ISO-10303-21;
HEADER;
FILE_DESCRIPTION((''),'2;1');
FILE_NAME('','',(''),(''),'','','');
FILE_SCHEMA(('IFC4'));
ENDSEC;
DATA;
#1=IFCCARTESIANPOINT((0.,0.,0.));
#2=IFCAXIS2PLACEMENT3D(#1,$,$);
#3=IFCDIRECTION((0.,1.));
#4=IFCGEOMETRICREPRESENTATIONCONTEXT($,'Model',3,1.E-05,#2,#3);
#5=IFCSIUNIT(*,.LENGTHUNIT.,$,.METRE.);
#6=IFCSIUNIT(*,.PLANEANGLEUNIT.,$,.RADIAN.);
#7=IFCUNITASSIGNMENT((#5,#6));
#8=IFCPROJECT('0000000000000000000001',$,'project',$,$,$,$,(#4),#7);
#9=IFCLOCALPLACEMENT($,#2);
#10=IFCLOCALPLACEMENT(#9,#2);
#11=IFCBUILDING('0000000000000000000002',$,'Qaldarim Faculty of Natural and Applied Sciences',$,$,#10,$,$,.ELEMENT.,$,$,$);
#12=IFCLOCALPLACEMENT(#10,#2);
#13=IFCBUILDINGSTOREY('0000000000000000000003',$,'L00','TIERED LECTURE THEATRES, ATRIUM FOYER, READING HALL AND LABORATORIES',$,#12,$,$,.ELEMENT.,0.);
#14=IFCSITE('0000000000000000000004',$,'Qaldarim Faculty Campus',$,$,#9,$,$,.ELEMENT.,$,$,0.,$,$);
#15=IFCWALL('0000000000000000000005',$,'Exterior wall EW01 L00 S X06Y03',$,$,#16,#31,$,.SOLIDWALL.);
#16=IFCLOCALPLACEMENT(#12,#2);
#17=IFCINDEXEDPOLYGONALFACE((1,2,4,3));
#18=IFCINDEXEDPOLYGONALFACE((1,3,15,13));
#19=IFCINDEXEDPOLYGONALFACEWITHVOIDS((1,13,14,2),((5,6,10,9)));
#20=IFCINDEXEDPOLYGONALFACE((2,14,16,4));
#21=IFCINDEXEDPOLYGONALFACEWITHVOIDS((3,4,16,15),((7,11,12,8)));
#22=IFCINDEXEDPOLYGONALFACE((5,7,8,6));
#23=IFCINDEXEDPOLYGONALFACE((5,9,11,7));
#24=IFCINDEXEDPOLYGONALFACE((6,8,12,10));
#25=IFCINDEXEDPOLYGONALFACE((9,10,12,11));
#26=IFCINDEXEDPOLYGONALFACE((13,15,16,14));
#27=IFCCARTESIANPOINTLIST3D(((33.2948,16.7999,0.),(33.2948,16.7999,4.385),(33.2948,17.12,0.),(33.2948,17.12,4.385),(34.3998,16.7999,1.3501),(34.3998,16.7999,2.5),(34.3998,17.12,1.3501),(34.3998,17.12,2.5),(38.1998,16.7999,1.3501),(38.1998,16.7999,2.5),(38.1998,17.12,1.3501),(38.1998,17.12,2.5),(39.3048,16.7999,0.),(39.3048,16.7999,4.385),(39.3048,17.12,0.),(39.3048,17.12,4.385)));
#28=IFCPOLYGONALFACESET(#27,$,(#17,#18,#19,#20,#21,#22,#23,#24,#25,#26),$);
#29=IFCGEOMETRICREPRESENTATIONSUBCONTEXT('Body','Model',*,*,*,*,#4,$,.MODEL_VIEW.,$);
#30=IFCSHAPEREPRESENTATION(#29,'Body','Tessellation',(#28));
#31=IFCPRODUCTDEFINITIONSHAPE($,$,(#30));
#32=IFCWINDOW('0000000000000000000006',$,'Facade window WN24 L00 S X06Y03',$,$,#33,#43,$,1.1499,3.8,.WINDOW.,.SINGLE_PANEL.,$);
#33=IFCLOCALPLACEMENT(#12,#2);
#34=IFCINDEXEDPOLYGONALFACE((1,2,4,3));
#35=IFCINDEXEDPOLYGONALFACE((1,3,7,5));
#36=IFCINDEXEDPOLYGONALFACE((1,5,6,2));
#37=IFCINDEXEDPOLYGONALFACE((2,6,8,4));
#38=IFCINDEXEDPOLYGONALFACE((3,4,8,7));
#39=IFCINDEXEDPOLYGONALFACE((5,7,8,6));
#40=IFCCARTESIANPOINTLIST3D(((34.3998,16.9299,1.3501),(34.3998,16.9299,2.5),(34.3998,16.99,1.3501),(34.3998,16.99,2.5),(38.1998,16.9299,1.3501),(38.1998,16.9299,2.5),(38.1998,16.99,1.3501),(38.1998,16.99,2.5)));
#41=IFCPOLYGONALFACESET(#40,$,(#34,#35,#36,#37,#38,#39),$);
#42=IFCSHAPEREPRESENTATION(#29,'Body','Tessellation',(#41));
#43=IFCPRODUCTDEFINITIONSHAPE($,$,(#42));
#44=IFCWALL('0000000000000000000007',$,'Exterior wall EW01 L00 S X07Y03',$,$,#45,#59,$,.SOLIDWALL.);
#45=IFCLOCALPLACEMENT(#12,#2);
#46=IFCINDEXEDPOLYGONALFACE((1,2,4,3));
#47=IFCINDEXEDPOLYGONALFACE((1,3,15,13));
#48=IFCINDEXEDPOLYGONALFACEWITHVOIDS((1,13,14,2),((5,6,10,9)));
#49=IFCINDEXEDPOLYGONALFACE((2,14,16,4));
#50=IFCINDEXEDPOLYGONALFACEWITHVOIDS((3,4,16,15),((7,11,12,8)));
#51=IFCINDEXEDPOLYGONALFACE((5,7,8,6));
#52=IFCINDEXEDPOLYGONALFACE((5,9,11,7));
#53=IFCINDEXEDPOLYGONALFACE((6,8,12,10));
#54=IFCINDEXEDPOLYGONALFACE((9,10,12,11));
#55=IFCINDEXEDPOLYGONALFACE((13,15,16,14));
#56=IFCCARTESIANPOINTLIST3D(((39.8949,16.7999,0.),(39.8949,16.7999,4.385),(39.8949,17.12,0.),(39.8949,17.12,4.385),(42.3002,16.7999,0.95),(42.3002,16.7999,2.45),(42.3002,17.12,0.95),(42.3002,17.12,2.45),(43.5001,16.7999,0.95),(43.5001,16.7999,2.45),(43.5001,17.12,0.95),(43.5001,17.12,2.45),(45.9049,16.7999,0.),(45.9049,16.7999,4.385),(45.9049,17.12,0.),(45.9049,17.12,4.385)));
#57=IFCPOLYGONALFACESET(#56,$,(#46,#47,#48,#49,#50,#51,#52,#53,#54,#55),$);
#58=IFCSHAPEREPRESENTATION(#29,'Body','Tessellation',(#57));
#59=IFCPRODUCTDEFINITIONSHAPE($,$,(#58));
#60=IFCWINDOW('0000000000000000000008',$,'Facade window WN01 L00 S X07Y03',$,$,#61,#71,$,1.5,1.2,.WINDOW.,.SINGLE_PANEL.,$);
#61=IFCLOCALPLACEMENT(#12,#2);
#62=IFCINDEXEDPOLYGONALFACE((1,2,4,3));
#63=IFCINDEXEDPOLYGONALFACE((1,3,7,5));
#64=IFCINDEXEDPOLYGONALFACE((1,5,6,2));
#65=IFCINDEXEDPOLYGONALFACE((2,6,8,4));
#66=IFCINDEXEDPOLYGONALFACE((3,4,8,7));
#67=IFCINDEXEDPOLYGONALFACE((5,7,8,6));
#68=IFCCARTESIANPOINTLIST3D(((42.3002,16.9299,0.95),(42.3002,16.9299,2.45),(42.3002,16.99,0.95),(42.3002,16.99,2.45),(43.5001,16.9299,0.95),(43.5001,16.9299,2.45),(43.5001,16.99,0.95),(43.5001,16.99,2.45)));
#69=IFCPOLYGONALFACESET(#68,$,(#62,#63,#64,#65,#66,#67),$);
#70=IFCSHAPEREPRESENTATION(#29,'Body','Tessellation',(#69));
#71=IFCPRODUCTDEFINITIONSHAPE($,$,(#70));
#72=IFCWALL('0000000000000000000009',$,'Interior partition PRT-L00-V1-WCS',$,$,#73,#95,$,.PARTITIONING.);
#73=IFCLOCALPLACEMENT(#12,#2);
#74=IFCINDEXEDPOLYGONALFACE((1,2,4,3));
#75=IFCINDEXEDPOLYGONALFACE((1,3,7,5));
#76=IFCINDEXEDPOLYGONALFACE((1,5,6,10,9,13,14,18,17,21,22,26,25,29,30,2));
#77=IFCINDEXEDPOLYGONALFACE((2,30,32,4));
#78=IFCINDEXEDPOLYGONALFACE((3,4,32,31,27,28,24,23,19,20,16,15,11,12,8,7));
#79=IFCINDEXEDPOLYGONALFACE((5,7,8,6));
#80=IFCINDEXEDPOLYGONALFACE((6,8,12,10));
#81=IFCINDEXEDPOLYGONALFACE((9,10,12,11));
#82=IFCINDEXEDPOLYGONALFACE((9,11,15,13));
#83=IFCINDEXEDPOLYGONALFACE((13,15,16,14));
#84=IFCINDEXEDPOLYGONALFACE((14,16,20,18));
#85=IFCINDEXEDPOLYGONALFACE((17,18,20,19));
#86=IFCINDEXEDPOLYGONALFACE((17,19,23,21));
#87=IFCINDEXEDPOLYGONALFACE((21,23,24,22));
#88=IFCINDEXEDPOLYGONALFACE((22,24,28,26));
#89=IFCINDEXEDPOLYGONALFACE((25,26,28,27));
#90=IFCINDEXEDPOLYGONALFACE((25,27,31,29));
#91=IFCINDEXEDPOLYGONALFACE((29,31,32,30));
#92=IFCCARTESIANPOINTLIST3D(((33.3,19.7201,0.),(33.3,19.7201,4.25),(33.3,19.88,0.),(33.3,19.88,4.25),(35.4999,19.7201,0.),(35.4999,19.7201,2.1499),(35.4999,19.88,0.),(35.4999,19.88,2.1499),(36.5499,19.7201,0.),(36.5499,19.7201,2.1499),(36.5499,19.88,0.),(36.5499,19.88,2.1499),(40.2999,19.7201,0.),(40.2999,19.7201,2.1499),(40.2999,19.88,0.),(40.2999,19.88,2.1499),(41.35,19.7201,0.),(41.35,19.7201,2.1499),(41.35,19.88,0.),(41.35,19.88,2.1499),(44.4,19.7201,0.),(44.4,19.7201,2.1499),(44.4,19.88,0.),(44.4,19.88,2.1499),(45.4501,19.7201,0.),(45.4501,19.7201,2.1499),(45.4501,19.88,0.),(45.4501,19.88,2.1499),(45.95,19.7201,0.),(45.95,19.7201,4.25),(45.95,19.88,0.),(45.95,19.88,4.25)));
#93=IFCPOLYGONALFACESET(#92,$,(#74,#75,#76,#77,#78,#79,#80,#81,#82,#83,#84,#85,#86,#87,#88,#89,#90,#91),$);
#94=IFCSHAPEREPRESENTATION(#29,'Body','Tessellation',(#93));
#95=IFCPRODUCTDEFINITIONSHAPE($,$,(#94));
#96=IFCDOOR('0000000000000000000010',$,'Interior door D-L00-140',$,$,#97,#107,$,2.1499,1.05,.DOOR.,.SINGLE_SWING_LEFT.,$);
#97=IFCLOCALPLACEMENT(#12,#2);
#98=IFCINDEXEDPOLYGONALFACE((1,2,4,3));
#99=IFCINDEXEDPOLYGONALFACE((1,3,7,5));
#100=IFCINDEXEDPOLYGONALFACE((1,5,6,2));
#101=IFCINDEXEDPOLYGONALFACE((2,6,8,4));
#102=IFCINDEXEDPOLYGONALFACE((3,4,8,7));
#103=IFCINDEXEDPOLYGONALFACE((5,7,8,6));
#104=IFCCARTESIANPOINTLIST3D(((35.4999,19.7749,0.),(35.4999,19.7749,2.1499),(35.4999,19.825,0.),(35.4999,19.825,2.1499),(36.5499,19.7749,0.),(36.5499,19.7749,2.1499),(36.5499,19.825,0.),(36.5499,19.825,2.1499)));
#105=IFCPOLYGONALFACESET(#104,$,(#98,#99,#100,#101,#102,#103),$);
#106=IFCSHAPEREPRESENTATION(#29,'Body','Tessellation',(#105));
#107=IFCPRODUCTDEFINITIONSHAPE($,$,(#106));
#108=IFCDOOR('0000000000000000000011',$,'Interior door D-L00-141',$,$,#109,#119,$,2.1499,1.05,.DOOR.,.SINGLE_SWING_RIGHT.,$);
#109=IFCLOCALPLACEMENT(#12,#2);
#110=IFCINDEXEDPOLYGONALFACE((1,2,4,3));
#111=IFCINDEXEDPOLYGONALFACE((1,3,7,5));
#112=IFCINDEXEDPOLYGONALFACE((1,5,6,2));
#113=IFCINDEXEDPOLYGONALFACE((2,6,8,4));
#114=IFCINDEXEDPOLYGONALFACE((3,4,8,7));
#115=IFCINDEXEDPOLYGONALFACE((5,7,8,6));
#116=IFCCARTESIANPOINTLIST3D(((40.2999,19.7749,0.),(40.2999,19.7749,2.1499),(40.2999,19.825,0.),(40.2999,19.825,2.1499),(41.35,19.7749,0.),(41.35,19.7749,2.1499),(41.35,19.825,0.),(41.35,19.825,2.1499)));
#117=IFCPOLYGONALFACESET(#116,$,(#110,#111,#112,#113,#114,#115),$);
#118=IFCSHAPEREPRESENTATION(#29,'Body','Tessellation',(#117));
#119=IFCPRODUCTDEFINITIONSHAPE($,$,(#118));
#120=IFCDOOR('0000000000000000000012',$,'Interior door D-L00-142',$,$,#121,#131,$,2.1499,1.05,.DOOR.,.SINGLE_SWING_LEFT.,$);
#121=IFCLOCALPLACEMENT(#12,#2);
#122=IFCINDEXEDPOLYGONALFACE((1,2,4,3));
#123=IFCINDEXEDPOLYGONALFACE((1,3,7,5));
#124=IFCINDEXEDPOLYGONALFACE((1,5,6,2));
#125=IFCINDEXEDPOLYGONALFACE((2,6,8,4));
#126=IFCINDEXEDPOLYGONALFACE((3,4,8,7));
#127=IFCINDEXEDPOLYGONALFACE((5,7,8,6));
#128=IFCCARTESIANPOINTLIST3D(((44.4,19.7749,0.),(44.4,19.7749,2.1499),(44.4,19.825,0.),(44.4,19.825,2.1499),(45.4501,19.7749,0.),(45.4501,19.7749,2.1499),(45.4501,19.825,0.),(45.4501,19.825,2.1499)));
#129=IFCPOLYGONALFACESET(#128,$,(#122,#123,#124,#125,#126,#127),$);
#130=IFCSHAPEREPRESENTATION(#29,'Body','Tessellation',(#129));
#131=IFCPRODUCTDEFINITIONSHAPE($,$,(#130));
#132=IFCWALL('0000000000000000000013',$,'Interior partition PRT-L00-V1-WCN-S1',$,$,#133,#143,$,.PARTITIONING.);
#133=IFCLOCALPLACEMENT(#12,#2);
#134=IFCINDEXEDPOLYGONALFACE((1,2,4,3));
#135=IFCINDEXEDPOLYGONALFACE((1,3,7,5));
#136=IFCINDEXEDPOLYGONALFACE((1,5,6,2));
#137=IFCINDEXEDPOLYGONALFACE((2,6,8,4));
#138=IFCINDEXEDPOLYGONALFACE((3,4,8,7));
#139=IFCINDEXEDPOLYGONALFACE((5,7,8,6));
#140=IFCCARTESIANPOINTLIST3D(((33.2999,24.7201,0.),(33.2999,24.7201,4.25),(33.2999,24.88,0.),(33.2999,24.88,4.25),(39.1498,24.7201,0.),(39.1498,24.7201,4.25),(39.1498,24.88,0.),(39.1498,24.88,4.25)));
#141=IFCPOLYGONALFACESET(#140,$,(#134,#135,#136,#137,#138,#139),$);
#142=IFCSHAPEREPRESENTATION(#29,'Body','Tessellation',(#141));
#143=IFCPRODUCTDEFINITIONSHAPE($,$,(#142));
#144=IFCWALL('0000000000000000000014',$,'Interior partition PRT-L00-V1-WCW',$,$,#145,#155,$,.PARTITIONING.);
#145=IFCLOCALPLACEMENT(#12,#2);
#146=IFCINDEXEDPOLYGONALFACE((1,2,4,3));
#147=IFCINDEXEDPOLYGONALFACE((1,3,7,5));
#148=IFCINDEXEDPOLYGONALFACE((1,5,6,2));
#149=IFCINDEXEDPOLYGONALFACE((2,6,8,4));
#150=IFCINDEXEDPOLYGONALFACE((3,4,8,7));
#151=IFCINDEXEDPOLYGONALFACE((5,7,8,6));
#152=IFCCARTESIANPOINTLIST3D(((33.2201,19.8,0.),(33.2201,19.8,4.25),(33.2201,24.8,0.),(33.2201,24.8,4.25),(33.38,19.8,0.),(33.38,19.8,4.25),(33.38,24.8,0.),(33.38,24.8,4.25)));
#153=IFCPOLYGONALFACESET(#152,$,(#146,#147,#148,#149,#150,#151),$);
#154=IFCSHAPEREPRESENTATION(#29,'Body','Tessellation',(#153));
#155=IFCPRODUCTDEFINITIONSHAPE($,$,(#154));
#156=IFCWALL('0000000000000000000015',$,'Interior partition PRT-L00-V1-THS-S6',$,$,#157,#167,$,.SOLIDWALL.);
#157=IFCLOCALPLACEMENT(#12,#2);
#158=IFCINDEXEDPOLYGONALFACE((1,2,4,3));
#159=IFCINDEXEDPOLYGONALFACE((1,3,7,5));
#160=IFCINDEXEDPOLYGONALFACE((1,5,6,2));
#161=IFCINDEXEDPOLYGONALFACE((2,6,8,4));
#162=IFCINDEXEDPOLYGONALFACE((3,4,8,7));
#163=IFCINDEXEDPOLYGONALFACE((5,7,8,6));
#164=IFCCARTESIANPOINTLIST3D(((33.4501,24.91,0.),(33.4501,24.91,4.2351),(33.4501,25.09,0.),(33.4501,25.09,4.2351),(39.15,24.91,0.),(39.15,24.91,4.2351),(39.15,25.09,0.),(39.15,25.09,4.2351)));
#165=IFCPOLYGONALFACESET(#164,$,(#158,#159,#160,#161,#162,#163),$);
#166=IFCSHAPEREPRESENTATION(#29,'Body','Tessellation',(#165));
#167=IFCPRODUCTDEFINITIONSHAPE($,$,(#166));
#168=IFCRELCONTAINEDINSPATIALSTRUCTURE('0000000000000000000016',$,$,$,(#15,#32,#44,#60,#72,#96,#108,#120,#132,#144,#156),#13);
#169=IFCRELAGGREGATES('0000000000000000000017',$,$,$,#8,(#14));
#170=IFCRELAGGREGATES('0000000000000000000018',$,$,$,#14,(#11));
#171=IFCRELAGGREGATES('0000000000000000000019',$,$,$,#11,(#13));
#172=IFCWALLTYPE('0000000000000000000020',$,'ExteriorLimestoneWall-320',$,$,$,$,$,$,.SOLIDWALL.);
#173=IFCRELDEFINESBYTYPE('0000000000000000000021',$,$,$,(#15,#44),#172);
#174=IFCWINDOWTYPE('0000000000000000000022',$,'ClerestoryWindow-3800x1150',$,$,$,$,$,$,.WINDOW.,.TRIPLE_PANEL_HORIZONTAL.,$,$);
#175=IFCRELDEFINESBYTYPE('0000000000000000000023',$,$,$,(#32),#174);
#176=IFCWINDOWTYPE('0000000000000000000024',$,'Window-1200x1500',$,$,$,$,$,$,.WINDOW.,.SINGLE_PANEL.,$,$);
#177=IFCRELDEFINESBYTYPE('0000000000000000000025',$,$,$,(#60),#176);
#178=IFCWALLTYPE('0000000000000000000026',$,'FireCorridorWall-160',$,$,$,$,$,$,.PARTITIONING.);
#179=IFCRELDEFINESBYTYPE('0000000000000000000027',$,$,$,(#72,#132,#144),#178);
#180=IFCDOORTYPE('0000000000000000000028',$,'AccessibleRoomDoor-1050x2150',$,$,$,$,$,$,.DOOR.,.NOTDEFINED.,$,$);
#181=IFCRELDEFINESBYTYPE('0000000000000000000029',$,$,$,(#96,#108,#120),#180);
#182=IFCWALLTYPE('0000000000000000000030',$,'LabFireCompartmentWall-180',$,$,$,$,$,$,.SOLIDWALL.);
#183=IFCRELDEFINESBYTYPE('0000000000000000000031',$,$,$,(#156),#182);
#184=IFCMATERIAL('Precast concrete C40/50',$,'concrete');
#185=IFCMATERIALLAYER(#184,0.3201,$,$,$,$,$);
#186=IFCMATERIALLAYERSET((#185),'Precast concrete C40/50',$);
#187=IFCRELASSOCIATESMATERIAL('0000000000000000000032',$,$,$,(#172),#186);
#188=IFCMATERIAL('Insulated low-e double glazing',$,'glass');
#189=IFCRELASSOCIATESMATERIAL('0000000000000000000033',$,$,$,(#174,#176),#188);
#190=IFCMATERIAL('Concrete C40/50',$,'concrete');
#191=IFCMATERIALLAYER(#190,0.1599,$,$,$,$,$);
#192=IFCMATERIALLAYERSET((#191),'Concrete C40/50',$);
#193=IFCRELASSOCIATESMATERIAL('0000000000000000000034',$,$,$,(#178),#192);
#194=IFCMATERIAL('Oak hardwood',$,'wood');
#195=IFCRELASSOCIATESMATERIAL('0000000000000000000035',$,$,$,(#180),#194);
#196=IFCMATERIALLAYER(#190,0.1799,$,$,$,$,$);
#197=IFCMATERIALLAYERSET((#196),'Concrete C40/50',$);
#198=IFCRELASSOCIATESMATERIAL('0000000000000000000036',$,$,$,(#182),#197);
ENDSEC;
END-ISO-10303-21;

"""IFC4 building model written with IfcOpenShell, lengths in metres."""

from ifc_helpers import new_model, si_unit, direction, frame, frame_2d, origin, place, context, subcontext, project, spatial, rectangle, extrude, material, layer, layer_set, type_object, element, fill, save


model = new_model("IFC4")

# Units and contexts
model_context = context("Model", 3, precision=1e-05, world=origin(), true_north=direction((0.0, 1.0)))
body_context = subcontext(model_context, "Body", "Model", "MODEL_VIEW")
ifc_project = project(units=[si_unit("LENGTHUNIT", "METRE"), si_unit("PLANEANGLEUNIT", "RADIAN")], contexts=[model_context])

# Site, building, storey
site_placement = place(None, origin())
site = spatial("IfcSite", under=ifc_project, at=site_placement, Name="Qaldarim Faculty Campus", CompositionType="ELEMENT", RefElevation=0.0)
building_placement = place(site_placement, origin())
building = spatial("IfcBuilding", under=site, at=building_placement, Name="Qaldarim Faculty of Natural and Applied Sciences", CompositionType="ELEMENT")
storey_placement = place(building_placement, origin())
storey = spatial("IfcBuildingStorey", under=building, at=storey_placement, Name="L00", Description="TIERED LECTURE THEATRES, ATRIUM FOYER, READING HALL AND LABORATORIES", CompositionType="ELEMENT", Elevation=0.0)

# Shared definitions
ifc_material_1 = material(Name="Concrete C40/50", Category="concrete")

# Walls, openings, windows
ifc_material_2 = material(Name="Precast concrete C40/50", Category="concrete")
ifc_layer_1 = layer(ifc_material_2, 0.3201)
ifc_layer_set_1 = layer_set([ifc_layer_1], Name="Precast concrete C40/50")
wall_type_1 = type_object("IfcWallType", Name="ExteriorLimestoneWall-320", PredefinedType="SOLIDWALL", material=ifc_layer_set_1)
wall_1_placement = place(storey_placement, frame((33.2949, 16.96, 0.0), z_axis=(0.0, 0.0, 1.0), x_axis=(1.0, 0.0, 0.0)))
wall_1 = element("IfcWall", 1, at=wall_1_placement, inside=storey, type_object=wall_type_1, Name="Exterior wall EW01 L00 S X06Y03", PredefinedType="SOLIDWALL", context=body_context, shape_type="SweptSolid", body=[
    extrude(rectangle(XDim=6.01, YDim=0.3201, at=frame_2d((3.0049, 0.0))), origin(), (0.0, 0.0, 1.0), 4.385),
])
opening_1_placement = place(wall_1_placement, frame((1.105, 0.0, 1.3501)))
opening_1 = element("IfcOpeningElement", 2, at=opening_1_placement, cuts=wall_1, PredefinedType="OPENING", context=body_context, shape_type="SweptSolid", body=[
    extrude(rectangle(XDim=3.8, YDim=1.1499, at=frame_2d((1.8999, 0.575))), frame((0.0, 0.1699, 0.0), z_axis=(0.0, -1.0, 0.0), x_axis=(1.0, 0.0, 0.0)), (0.0, 0.0, 1.0), 0.3401),
])
ifc_material_3 = material(Name="Insulated low-e double glazing", Category="glass")
window_type_1 = type_object("IfcWindowType", Name="ClerestoryWindow-3800x1150", PartitioningType="TRIPLE_PANEL_HORIZONTAL", PredefinedType="WINDOW", material=ifc_material_3)
window_1_placement = place(opening_1_placement, origin())
window_1 = element("IfcWindow", 3, at=window_1_placement, inside=storey, type_object=window_type_1, Name="Facade window WN24 L00 S X06Y03", OverallHeight=1.1499, OverallWidth=3.8, PartitioningType="SINGLE_PANEL", PredefinedType="WINDOW", context=body_context, shape_type="SweptSolid", body=[
    extrude(rectangle(XDim=3.8, YDim=1.1499, at=frame_2d((1.8999, 0.575))), frame((0.0, 0.03, 0.0), z_axis=(0.0, -1.0, 0.0), x_axis=(1.0, 0.0, 0.0)), (0.0, 0.0, 1.0), 0.0601),
])
fill(opening_1, window_1)
wall_2_placement = place(storey_placement, frame((39.895, 16.96, 0.0), z_axis=(0.0, 0.0, 1.0), x_axis=(1.0, 0.0, 0.0)))
wall_2 = element("IfcWall", 4, at=wall_2_placement, inside=storey, type_object=wall_type_1, Name="Exterior wall EW01 L00 S X07Y03", PredefinedType="SOLIDWALL", context=body_context, shape_type="SweptSolid", body=[
    extrude(rectangle(XDim=6.01, YDim=0.3201, at=frame_2d((3.0049, 0.0))), origin(), (0.0, 0.0, 1.0), 4.385),
])
opening_2_placement = place(wall_2_placement, frame((2.405, 0.0, 0.95)))
opening_2 = element("IfcOpeningElement", 5, at=opening_2_placement, cuts=wall_2, PredefinedType="OPENING", context=body_context, shape_type="SweptSolid", body=[
    extrude(rectangle(XDim=1.2, YDim=1.5, at=frame_2d((0.6001, 0.75))), frame((0.0, 0.1699, 0.0), z_axis=(0.0, -1.0, 0.0), x_axis=(1.0, 0.0, 0.0)), (0.0, 0.0, 1.0), 0.3401),
])
window_type_2 = type_object("IfcWindowType", Name="Window-1200x1500", PartitioningType="SINGLE_PANEL", PredefinedType="WINDOW", material=ifc_material_3)
window_2_placement = place(opening_2_placement, origin())
window_2 = element("IfcWindow", 6, at=window_2_placement, inside=storey, type_object=window_type_2, Name="Facade window WN01 L00 S X07Y03", OverallHeight=1.5, OverallWidth=1.2, PartitioningType="SINGLE_PANEL", PredefinedType="WINDOW", context=body_context, shape_type="SweptSolid", body=[
    extrude(rectangle(XDim=1.2, YDim=1.5, at=frame_2d((0.6001, 0.75))), frame((0.0, 0.03, 0.0), z_axis=(0.0, -1.0, 0.0), x_axis=(1.0, 0.0, 0.0)), (0.0, 0.0, 1.0), 0.0601),
])
fill(opening_2, window_2)

# Wall, openings, doors
ifc_layer_2 = layer(ifc_material_1, 0.1599)
ifc_layer_set_2 = layer_set([ifc_layer_2], Name="Concrete C40/50")
wall_type_2 = type_object("IfcWallType", Name="FireCorridorWall-160", PredefinedType="PARTITIONING", material=ifc_layer_set_2)
wall_3_placement = place(storey_placement, frame((33.3, 19.8, 0.0), z_axis=(0.0, 0.0, 1.0), x_axis=(1.0, 0.0, 0.0)))
wall_3 = element("IfcWall", 7, at=wall_3_placement, inside=storey, type_object=wall_type_2, Name="Interior partition PRT-L00-V1-WCS", PredefinedType="PARTITIONING", context=body_context, shape_type="SweptSolid", body=[
    extrude(rectangle(XDim=12.6499, YDim=0.1599, at=frame_2d((6.325, 0.0))), origin(), (0.0, 0.0, 1.0), 4.25),
])
opening_3_placement = place(wall_3_placement, frame((2.2, 0.0, 0.0)))
opening_3 = element("IfcOpeningElement", 8, at=opening_3_placement, cuts=wall_3, PredefinedType="OPENING", context=body_context, shape_type="SweptSolid", body=[
    extrude(rectangle(XDim=1.05, YDim=2.1499, at=frame_2d((0.5249, 1.075))), frame((0.0, 0.0898, 0.0), z_axis=(0.0, -1.0, 0.0), x_axis=(1.0, 0.0, 0.0)), (0.0, 0.0, 1.0), 0.1799),
])
opening_4_placement = place(wall_3_placement, frame((7.0, 0.0, 0.0)))
opening_4 = element("IfcOpeningElement", 9, at=opening_4_placement, cuts=wall_3, PredefinedType="OPENING", context=body_context, shape_type="SweptSolid", body=[
    extrude(rectangle(XDim=1.05, YDim=2.1499, at=frame_2d((0.5249, 1.075))), frame((0.0, 0.0898, 0.0), z_axis=(0.0, -1.0, 0.0), x_axis=(1.0, 0.0, 0.0)), (0.0, 0.0, 1.0), 0.1799),
])
opening_5_placement = place(wall_3_placement, frame((11.1001, 0.0, 0.0)))
opening_5 = element("IfcOpeningElement", 10, at=opening_5_placement, cuts=wall_3, PredefinedType="OPENING", context=body_context, shape_type="SweptSolid", body=[
    extrude(rectangle(XDim=1.05, YDim=2.1499, at=frame_2d((0.5249, 1.075))), frame((0.0, 0.0898, 0.0), z_axis=(0.0, -1.0, 0.0), x_axis=(1.0, 0.0, 0.0)), (0.0, 0.0, 1.0), 0.1799),
])
ifc_material_4 = material(Name="Oak hardwood", Category="wood")
door_type = type_object("IfcDoorType", Name="AccessibleRoomDoor-1050x2150", OperationType="NOTDEFINED", PredefinedType="DOOR", material=ifc_material_4)
door_1_placement = place(opening_3_placement, origin())
door_1 = element("IfcDoor", 11, at=door_1_placement, inside=storey, type_object=door_type, Name="Interior door D-L00-140", OperationType="SINGLE_SWING_LEFT", OverallHeight=2.1499, OverallWidth=1.05, PredefinedType="DOOR", context=body_context, shape_type="SweptSolid", body=[
    extrude(rectangle(XDim=1.05, YDim=2.1499, at=frame_2d((0.5249, 1.075))), frame((0.0, 0.0249, 0.0), z_axis=(0.0, -1.0, 0.0), x_axis=(1.0, 0.0, 0.0)), (0.0, 0.0, 1.0), 0.05),
])
fill(opening_3, door_1)
door_2_placement = place(opening_4_placement, origin())
door_2 = element("IfcDoor", 12, at=door_2_placement, inside=storey, type_object=door_type, Name="Interior door D-L00-141", OperationType="SINGLE_SWING_RIGHT", OverallHeight=2.1499, OverallWidth=1.05, PredefinedType="DOOR", context=body_context, shape_type="SweptSolid", body=[
    extrude(rectangle(XDim=1.05, YDim=2.1499, at=frame_2d((0.5249, 1.075))), frame((0.0, 0.0249, 0.0), z_axis=(0.0, -1.0, 0.0), x_axis=(1.0, 0.0, 0.0)), (0.0, 0.0, 1.0), 0.05),
])
fill(opening_4, door_2)
door_3_placement = place(opening_5_placement, origin())
door_3 = element("IfcDoor", 13, at=door_3_placement, inside=storey, type_object=door_type, Name="Interior door D-L00-142", OperationType="SINGLE_SWING_LEFT", OverallHeight=2.1499, OverallWidth=1.05, PredefinedType="DOOR", context=body_context, shape_type="SweptSolid", body=[
    extrude(rectangle(XDim=1.05, YDim=2.1499, at=frame_2d((0.5249, 1.075))), frame((0.0, 0.0249, 0.0), z_axis=(0.0, -1.0, 0.0), x_axis=(1.0, 0.0, 0.0)), (0.0, 0.0, 1.0), 0.05),
])
fill(opening_5, door_3)

# Walls
wall_4_placement = place(storey_placement, frame((33.3, 24.8, 0.0), z_axis=(0.0, 0.0, 1.0), x_axis=(1.0, 0.0, 0.0)))
element("IfcWall", 14, at=wall_4_placement, inside=storey, type_object=wall_type_2, Name="Interior partition PRT-L00-V1-WCN-S1", PredefinedType="PARTITIONING", context=body_context, shape_type="SweptSolid", body=[
    extrude(rectangle(XDim=5.8499, YDim=0.1599, at=frame_2d((2.9248, 0.0))), origin(), (0.0, 0.0, 1.0), 4.25),
])
wall_5_placement = place(storey_placement, frame((33.3, 19.8, 0.0), z_axis=(0.0, 0.0, 1.0), x_axis=(0.0, 1.0, 0.0)))
element("IfcWall", 15, at=wall_5_placement, inside=storey, type_object=wall_type_2, Name="Interior partition PRT-L00-V1-WCW", PredefinedType="PARTITIONING", context=body_context, shape_type="SweptSolid", body=[
    extrude(rectangle(XDim=5.0, YDim=0.1599, at=frame_2d((2.5, 0.0))), origin(), (0.0, 0.0, 1.0), 4.25),
])
ifc_layer_3 = layer(ifc_material_1, 0.1799)
ifc_layer_set_3 = layer_set([ifc_layer_3], Name="Concrete C40/50")
wall_type_3 = type_object("IfcWallType", Name="LabFireCompartmentWall-180", PredefinedType="SOLIDWALL", material=ifc_layer_set_3)
wall_6_placement = place(storey_placement, frame((33.45, 25.0, 0.0), z_axis=(0.0, 0.0, 1.0), x_axis=(1.0, 0.0, 0.0)))
element("IfcWall", 16, at=wall_6_placement, inside=storey, type_object=wall_type_3, Name="Interior partition PRT-L00-V1-THS-S6", PredefinedType="SOLIDWALL", context=body_context, shape_type="SweptSolid", body=[
    extrude(rectangle(XDim=5.7, YDim=0.1799, at=frame_2d((2.8501, 0.0))), origin(), (0.0, 0.0, 1.0), 4.2351),
])

save(model, "model.ifc")
